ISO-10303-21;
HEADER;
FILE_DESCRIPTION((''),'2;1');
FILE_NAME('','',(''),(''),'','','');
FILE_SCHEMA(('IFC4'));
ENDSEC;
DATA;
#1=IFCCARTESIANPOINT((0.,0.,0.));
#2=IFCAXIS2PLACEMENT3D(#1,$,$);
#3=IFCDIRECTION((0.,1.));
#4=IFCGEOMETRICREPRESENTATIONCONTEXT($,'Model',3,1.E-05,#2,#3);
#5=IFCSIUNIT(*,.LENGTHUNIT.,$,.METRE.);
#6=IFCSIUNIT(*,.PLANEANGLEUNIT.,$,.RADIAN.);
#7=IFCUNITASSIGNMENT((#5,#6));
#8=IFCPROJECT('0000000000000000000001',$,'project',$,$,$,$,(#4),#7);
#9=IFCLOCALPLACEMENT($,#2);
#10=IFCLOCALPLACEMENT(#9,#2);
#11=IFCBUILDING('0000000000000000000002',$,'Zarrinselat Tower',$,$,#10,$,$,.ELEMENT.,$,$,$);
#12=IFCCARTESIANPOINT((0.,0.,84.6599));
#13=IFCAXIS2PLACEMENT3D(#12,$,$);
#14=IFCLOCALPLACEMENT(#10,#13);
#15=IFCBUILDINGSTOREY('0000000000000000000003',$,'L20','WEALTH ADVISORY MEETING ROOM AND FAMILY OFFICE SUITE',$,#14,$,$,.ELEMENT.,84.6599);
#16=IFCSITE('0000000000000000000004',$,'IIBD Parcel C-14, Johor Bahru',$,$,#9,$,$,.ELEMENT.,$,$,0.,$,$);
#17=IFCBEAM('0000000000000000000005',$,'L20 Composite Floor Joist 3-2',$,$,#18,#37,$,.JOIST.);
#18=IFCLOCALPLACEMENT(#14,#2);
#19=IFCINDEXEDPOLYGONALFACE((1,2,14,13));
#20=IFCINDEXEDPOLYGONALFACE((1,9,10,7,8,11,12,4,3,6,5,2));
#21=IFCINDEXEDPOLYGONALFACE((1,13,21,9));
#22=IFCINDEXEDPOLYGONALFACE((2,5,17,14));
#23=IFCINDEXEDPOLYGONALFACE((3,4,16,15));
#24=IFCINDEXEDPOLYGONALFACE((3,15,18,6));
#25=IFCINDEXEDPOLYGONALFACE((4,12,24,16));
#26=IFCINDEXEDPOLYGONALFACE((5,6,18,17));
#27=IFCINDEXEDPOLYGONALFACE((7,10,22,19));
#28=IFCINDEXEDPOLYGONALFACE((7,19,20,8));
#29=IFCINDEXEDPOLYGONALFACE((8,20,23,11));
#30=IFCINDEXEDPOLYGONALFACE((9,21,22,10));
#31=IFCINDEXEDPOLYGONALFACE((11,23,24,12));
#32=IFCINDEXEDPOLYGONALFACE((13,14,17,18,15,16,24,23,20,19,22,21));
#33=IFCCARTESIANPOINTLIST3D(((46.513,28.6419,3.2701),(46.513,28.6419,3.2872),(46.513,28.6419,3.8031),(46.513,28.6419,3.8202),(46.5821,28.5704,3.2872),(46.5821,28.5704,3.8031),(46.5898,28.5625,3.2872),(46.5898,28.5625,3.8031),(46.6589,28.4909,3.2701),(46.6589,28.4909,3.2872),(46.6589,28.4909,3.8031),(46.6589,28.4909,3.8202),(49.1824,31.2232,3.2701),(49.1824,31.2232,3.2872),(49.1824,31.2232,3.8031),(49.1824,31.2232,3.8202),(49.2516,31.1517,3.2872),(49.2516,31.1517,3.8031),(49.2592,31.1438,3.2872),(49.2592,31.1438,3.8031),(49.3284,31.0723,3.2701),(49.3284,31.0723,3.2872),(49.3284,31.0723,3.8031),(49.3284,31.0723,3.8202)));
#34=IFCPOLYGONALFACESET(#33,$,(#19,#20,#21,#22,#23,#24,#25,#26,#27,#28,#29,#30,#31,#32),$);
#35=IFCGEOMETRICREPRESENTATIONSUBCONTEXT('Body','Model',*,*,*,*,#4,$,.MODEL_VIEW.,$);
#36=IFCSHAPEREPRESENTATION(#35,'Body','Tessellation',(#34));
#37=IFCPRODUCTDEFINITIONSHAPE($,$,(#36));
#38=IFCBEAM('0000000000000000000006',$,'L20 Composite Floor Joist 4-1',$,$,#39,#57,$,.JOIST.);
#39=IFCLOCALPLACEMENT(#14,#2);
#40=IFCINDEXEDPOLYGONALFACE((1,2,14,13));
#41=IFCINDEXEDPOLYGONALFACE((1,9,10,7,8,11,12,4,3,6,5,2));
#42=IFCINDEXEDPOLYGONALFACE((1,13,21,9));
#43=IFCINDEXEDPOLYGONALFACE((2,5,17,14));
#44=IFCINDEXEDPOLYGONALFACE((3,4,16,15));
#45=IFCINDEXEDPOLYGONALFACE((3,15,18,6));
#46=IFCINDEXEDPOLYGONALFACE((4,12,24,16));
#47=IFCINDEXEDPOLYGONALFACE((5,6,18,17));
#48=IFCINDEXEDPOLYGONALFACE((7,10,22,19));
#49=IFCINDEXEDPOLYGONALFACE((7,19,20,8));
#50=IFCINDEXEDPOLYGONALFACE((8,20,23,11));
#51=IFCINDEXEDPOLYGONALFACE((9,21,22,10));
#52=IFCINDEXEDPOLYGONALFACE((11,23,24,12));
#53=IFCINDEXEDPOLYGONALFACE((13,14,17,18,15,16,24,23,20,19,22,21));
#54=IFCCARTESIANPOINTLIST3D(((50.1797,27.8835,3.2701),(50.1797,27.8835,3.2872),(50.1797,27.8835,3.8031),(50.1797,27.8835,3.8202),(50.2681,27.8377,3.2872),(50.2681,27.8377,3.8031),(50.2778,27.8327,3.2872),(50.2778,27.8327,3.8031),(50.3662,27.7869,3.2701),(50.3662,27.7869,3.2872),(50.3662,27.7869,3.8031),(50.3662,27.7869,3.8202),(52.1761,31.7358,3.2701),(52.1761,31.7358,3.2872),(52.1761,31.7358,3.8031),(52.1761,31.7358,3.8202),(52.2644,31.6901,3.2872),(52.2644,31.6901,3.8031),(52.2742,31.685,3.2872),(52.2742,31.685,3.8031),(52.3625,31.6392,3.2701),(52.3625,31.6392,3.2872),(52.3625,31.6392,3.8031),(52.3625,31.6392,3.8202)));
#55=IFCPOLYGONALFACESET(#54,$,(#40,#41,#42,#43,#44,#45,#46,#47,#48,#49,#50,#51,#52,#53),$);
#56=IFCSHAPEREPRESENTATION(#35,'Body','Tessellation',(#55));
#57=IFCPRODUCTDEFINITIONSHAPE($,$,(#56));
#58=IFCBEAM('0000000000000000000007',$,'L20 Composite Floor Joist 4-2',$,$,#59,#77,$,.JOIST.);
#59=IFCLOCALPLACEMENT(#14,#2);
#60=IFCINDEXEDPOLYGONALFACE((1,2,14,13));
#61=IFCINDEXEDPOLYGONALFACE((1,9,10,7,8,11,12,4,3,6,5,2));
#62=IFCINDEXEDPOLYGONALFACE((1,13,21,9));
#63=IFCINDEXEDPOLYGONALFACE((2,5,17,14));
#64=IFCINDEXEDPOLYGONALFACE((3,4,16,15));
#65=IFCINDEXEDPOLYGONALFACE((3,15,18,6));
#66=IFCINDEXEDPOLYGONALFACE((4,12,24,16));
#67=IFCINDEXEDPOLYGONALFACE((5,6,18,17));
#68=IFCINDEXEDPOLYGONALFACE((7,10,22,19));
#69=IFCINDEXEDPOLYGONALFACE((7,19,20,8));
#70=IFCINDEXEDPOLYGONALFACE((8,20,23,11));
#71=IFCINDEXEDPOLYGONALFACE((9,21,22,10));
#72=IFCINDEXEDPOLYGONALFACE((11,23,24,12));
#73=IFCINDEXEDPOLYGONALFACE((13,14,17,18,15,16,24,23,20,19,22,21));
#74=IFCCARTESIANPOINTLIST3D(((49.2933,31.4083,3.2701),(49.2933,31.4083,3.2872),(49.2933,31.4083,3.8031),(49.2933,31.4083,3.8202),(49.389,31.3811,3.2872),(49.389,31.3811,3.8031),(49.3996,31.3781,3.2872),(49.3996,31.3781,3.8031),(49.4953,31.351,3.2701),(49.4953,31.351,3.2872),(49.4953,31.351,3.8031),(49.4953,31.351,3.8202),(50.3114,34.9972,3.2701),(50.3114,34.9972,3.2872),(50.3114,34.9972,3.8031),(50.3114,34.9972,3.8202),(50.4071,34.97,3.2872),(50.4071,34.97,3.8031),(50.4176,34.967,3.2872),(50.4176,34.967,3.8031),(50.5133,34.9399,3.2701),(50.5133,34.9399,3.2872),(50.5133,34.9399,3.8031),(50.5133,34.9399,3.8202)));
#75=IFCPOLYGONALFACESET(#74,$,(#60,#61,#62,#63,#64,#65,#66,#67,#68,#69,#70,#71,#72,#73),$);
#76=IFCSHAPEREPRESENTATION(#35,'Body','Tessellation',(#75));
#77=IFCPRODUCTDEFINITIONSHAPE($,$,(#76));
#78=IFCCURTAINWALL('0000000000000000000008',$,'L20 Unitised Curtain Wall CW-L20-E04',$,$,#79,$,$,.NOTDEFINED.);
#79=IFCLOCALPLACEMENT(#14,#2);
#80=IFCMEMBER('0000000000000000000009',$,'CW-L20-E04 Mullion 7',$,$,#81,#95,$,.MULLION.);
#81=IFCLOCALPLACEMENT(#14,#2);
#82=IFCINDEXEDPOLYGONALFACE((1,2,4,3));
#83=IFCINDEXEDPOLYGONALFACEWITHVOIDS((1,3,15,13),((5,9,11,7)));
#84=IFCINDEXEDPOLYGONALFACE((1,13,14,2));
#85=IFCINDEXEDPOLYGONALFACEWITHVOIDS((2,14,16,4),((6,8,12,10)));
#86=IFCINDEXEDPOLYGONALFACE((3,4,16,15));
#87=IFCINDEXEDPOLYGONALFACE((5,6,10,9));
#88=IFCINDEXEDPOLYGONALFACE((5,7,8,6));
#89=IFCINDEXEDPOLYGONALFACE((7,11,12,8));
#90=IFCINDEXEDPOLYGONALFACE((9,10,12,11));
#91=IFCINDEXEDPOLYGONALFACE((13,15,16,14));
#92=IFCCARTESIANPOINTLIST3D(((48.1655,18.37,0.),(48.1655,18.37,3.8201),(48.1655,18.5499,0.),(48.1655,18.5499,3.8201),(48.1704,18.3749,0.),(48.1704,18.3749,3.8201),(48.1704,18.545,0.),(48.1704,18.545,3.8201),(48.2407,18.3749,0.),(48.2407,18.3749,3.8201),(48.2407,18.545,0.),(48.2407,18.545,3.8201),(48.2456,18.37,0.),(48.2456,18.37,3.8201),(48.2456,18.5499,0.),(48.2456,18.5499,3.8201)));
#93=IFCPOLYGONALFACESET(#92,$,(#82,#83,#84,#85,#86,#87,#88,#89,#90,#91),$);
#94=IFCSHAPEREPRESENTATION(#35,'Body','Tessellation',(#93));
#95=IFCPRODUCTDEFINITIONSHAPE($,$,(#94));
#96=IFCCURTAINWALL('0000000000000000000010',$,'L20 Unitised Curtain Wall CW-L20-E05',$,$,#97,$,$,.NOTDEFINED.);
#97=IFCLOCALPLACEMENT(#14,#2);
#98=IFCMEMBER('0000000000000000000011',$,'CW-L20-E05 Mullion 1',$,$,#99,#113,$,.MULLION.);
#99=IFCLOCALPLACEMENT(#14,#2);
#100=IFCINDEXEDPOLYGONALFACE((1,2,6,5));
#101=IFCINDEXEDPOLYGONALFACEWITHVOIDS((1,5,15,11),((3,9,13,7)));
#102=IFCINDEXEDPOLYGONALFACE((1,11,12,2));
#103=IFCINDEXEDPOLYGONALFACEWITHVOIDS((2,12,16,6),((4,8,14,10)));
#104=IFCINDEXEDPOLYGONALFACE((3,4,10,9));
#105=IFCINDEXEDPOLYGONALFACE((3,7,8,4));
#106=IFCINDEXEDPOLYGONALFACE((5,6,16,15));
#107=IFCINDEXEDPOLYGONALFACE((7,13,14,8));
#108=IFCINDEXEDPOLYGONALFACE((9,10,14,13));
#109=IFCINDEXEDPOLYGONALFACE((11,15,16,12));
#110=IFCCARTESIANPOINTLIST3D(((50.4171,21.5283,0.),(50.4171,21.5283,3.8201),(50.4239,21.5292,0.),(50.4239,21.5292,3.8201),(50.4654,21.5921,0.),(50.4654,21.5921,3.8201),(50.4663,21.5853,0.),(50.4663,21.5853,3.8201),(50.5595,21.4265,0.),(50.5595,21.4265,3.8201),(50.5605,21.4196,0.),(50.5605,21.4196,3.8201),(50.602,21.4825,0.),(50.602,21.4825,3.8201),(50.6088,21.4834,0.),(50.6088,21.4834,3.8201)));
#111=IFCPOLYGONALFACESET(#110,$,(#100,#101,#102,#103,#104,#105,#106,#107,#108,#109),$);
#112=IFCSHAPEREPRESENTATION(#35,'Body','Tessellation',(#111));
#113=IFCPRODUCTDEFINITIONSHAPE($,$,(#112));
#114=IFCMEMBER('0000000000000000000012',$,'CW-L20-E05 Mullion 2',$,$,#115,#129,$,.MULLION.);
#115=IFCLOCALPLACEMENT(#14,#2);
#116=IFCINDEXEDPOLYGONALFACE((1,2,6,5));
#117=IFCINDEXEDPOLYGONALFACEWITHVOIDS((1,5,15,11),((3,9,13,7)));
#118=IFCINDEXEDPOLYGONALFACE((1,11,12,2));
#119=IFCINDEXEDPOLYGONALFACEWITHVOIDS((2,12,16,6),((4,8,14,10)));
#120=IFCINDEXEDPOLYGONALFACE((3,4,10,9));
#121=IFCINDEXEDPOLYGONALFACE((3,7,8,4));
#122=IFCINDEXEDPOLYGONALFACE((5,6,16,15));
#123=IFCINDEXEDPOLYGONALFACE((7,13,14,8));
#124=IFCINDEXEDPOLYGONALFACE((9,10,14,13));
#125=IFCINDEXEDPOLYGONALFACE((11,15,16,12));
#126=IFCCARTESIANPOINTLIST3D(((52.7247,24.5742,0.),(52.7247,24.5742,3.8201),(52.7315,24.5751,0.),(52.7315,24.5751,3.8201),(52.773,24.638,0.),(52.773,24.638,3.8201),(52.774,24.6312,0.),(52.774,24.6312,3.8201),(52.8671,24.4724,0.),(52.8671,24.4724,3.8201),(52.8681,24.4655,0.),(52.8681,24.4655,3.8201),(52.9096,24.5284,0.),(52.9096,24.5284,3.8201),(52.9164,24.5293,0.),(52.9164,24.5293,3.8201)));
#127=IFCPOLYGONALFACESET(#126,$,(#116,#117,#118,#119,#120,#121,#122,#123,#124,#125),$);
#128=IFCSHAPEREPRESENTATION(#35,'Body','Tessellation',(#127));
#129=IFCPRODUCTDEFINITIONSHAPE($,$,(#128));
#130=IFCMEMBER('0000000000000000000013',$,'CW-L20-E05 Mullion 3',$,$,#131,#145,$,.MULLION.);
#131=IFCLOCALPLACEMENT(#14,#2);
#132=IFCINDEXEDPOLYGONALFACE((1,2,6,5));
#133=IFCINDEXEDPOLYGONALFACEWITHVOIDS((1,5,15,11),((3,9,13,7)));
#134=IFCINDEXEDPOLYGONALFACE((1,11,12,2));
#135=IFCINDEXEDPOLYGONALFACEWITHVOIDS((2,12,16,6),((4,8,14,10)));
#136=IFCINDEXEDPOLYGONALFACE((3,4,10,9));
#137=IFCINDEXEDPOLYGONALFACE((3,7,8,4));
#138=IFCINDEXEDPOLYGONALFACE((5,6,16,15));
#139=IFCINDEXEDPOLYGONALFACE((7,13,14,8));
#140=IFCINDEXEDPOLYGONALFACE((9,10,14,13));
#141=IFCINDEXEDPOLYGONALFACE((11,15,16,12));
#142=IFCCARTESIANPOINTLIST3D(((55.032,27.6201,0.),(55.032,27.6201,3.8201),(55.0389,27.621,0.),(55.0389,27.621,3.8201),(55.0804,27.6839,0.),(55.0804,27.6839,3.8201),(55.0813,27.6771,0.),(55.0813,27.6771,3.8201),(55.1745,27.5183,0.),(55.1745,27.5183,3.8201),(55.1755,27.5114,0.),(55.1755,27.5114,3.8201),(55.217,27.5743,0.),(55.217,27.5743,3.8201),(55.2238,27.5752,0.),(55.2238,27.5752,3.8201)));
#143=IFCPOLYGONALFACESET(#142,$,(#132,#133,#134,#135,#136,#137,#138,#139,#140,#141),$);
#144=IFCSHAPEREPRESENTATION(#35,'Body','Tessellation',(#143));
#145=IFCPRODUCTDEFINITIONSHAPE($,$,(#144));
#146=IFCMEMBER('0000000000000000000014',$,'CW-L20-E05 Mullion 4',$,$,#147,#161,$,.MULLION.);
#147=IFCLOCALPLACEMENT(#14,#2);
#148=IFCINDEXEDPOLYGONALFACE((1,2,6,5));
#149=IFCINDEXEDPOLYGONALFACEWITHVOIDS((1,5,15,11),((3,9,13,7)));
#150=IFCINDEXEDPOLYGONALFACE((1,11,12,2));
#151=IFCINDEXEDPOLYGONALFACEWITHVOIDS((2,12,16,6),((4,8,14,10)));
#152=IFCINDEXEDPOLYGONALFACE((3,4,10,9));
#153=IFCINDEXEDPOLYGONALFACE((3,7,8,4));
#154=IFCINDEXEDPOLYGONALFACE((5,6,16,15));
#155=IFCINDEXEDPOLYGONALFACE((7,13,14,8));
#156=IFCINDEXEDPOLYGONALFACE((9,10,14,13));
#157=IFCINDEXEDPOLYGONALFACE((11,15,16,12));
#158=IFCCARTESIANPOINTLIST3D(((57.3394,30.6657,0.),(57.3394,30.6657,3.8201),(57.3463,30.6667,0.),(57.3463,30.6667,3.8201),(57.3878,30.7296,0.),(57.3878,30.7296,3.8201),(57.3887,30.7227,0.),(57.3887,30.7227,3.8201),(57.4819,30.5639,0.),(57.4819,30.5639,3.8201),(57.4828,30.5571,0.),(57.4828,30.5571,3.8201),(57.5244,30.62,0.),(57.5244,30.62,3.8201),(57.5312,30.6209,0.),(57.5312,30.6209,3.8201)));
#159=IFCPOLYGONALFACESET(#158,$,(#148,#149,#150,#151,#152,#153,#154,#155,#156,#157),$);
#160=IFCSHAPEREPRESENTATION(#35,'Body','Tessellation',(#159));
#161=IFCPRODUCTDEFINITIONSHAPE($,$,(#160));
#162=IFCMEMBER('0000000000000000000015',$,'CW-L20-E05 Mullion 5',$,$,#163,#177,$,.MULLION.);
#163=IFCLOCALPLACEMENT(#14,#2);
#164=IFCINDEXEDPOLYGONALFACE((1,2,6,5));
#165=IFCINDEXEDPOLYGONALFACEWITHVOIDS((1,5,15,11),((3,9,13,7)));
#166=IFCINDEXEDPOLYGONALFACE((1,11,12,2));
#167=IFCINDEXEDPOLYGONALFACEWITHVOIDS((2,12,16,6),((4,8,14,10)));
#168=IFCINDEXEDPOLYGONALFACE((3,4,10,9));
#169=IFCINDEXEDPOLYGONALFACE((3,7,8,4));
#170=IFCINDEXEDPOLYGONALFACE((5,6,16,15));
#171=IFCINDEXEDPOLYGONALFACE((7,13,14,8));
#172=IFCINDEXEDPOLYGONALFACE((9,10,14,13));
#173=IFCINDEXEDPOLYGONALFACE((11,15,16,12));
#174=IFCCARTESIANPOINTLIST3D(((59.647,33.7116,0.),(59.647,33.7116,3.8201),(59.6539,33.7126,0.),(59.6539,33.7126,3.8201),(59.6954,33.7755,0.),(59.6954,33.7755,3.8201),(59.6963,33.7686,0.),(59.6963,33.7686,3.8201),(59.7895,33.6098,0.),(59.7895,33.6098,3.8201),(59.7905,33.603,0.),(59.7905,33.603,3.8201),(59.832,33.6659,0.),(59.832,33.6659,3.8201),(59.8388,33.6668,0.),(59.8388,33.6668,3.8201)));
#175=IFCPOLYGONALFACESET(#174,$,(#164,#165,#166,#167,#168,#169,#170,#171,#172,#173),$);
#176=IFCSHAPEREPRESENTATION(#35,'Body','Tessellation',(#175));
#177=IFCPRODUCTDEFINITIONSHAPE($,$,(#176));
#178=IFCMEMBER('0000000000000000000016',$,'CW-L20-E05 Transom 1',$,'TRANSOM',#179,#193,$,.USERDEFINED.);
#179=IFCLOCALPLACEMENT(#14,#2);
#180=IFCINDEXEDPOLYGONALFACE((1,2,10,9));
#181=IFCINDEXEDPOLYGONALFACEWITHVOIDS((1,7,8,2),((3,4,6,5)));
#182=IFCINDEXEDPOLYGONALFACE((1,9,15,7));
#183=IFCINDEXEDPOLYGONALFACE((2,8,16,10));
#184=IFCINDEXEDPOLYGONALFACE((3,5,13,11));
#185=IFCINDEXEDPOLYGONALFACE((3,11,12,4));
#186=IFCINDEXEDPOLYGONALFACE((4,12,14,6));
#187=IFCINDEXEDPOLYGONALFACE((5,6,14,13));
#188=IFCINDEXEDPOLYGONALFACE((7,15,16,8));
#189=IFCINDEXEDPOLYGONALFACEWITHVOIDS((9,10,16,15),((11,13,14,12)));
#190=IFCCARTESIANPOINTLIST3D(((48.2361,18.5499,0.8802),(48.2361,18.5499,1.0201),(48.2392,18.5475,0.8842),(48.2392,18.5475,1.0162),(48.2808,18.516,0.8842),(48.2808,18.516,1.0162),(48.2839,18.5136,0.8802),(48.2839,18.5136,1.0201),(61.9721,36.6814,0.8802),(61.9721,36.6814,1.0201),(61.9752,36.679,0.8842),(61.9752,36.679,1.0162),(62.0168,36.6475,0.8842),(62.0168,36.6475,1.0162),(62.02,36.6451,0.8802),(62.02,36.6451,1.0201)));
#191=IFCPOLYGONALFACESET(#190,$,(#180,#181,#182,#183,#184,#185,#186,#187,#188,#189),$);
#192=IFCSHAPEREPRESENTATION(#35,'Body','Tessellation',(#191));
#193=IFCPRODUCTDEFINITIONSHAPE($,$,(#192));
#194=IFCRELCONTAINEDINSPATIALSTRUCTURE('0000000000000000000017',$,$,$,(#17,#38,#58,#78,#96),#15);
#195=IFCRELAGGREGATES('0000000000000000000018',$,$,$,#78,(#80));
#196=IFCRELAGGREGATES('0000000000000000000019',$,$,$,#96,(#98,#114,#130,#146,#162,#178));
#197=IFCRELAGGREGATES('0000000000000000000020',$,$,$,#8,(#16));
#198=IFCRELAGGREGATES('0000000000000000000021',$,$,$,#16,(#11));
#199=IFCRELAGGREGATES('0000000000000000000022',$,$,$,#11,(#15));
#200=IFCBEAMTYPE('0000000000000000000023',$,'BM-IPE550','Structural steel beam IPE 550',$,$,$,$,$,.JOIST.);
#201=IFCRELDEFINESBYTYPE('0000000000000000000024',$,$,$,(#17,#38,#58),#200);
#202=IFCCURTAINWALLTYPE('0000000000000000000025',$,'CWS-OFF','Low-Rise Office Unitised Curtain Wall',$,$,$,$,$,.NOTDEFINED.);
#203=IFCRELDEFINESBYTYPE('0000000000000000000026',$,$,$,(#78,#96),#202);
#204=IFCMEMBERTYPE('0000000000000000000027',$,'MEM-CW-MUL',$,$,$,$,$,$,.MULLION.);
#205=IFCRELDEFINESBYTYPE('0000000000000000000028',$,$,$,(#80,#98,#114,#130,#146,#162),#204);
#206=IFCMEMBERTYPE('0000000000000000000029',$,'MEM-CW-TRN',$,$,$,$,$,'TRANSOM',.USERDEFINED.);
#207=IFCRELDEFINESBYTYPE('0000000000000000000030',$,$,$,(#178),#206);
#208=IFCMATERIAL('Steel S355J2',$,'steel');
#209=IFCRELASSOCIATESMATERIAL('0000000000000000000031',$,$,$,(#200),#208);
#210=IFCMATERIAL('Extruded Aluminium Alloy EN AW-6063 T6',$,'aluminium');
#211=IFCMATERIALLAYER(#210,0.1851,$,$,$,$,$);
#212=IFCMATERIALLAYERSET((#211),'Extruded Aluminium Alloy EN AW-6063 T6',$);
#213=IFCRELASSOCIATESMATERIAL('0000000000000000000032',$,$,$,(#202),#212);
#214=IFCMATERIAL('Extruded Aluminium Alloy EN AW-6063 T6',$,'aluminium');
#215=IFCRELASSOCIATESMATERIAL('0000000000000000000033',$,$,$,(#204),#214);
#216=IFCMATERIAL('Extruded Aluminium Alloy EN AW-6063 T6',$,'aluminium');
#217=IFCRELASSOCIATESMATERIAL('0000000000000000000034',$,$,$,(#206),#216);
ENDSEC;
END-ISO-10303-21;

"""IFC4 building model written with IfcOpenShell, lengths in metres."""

from ifc_helpers import new_model, si_unit, direction, frame, origin, origin_2d, place, context, subcontext, project, spatial, hollow_rectangle, i_section, extrude, material, layer, layer_set, material_profile, profile_set, type_object, element, aggregate, save


model = new_model("IFC4")

# Units and contexts
model_context = context("Model", 3, precision=1e-05, world=origin(), true_north=direction((0.0, 1.0)))
body_context = subcontext(model_context, "Body", "Model", "MODEL_VIEW")
ifc_project = project(units=[si_unit("LENGTHUNIT", "METRE"), si_unit("PLANEANGLEUNIT", "RADIAN")], contexts=[model_context])

# Site, building, storey
site_placement = place(None, origin())
site = spatial("IfcSite", under=ifc_project, at=site_placement, Name="IIBD Parcel C-14, Johor Bahru", CompositionType="ELEMENT", RefElevation=0.0)
building_placement = place(site_placement, origin())
building = spatial("IfcBuilding", under=site, at=building_placement, Name="Zarrinselat Tower", CompositionType="ELEMENT")
storey_placement = place(building_placement, frame((0.0, 0.0, 84.6599)))
storey = spatial("IfcBuildingStorey", under=building, at=storey_placement, Name="L20", Description="WEALTH ADVISORY MEETING ROOM AND FAMILY OFFICE SUITE", CompositionType="ELEMENT", Elevation=84.6599)

# Beams
ifc_material_1 = material(Name="Steel S355J2", Category="steel")
ifc_material_profile_1 = material_profile(ifc_material_1, i_section(OverallWidth=0.21, OverallDepth=0.55, WebThickness=0.011, FlangeThickness=0.0171, at=origin_2d()), Name="IPE 550")
ifc_profile_set_1 = profile_set([ifc_material_profile_1], Name="Steel S355J2")
beam_type_1 = type_object("IfcBeamType", Name="BM-IPE550", Description="Structural steel beam IPE 550", PredefinedType="JOIST", material=ifc_profile_set_1)
beam_1_placement = place(storey_placement, frame((46.5859, 28.5664, 3.5452), z_axis=(0.718874, 0.69514, 0.0), x_axis=(-0.69514, 0.718874, 0.0)))
element("IfcBeam", 1, at=beam_1_placement, inside=storey, type_object=beam_type_1, Name="L20 Composite Floor Joist 3-2", PredefinedType="JOIST", context=body_context, shape_type="SweptSolid", body=[
    extrude(i_section(OverallWidth=0.21, OverallDepth=0.55, WebThickness=0.011, FlangeThickness=0.0171, at=origin_2d()), origin(), (0.0, 0.0, 1.0), 3.7134),
])
beam_2_placement = place(storey_placement, frame((50.2729, 27.8352, 3.5452), z_axis=(0.460109, 0.887863, 0.0), x_axis=(-0.887863, 0.460109, 0.0)))
element("IfcBeam", 2, at=beam_2_placement, inside=storey, type_object=beam_type_1, Name="L20 Composite Floor Joist 4-1", PredefinedType="JOIST", context=body_context, shape_type="SweptSolid", body=[
    extrude(i_section(OverallWidth=0.21, OverallDepth=0.55, WebThickness=0.011, FlangeThickness=0.0171, at=origin_2d()), origin(), (0.0, 0.0, 1.0), 4.3389),
])
beam_3_placement = place(storey_placement, frame((49.3943, 31.3796, 3.5452), z_axis=(0.272905, 0.962041, 0.0), x_axis=(-0.962041, 0.272905, 0.0)))
element("IfcBeam", 3, at=beam_3_placement, inside=storey, type_object=beam_type_1, Name="L20 Composite Floor Joist 4-2", PredefinedType="JOIST", context=body_context, shape_type="SweptSolid", body=[
    extrude(i_section(OverallWidth=0.21, OverallDepth=0.55, WebThickness=0.011, FlangeThickness=0.0171, at=origin_2d()), origin(), (0.0, 0.0, 1.0), 3.7305),
])

# Curtain wall, member
ifc_material_2 = material(Name="Extruded Aluminium Alloy EN AW-6063 T6", Category="aluminium")
ifc_layer_1 = layer(ifc_material_2, 0.1851)
ifc_layer_set_1 = layer_set([ifc_layer_1], Name="Extruded Aluminium Alloy EN AW-6063 T6")
curtain_wall_type = type_object("IfcCurtainWallType", Name="CWS-OFF", Description="Low-Rise Office Unitised Curtain Wall", PredefinedType="NOTDEFINED", material=ifc_layer_set_1)
curtain_wall_1_placement = place(storey_placement, origin())
curtain_wall_1 = element("IfcCurtainWall", 4, at=curtain_wall_1_placement, inside=storey, type_object=curtain_wall_type, Name="L20 Unitised Curtain Wall CW-L20-E04", PredefinedType="NOTDEFINED")
ifc_material_3 = material(Name="Extruded Aluminium Alloy EN AW-6063 T6", Category="aluminium")
ifc_material_profile_2 = material_profile(ifc_material_3, hollow_rectangle(XDim=0.0801, YDim=0.1799, WallThickness=0.0049, at=origin_2d()), Name="RHS 180x80x5")
ifc_profile_set_2 = profile_set([ifc_material_profile_2], Name="Extruded Aluminium Alloy EN AW-6063 T6")
member_type_1 = type_object("IfcMemberType", Name="MEM-CW-MUL", PredefinedType="MULLION", material=ifc_profile_set_2)
member_1_placement = place(storey_placement, frame((48.2056, 18.46, 0.0), z_axis=(0.0, 0.0, 1.0), x_axis=(1.0, 0.0, 0.0)))
member_1 = element("IfcMember", 5, at=member_1_placement, type_object=member_type_1, Name="CW-L20-E04 Mullion 7", PredefinedType="MULLION", context=body_context, shape_type="SweptSolid", body=[
    extrude(hollow_rectangle(XDim=0.0801, YDim=0.1799, WallThickness=0.0049, at=origin_2d()), origin(), (0.0, 0.0, 1.0), 3.8201),
])

# Curtain wall, members
curtain_wall_2_placement = place(storey_placement, origin())
curtain_wall_2 = element("IfcCurtainWall", 6, at=curtain_wall_2_placement, inside=storey, type_object=curtain_wall_type, Name="L20 Unitised Curtain Wall CW-L20-E05", PredefinedType="NOTDEFINED")
member_2_placement = place(storey_placement, frame((50.5129, 21.5059, 0.0), z_axis=(0.0, 0.0, 1.0), x_axis=(0.603856, 0.797094, 0.0)))
member_2 = element("IfcMember", 7, at=member_2_placement, type_object=member_type_1, Name="CW-L20-E05 Mullion 1", PredefinedType="MULLION", context=body_context, shape_type="SweptSolid", body=[
    extrude(hollow_rectangle(XDim=0.0801, YDim=0.1799, WallThickness=0.0049, at=origin_2d()), origin(), (0.0, 0.0, 1.0), 3.8201),
])
member_3_placement = place(storey_placement, frame((52.8206, 24.5518, 0.0), z_axis=(0.0, 0.0, 1.0), x_axis=(0.603856, 0.797094, 0.0)))
member_3 = element("IfcMember", 8, at=member_3_placement, type_object=member_type_1, Name="CW-L20-E05 Mullion 2", PredefinedType="MULLION", context=body_context, shape_type="SweptSolid", body=[
    extrude(hollow_rectangle(XDim=0.0801, YDim=0.1799, WallThickness=0.0049, at=origin_2d()), origin(), (0.0, 0.0, 1.0), 3.8201),
])
member_4_placement = place(storey_placement, frame((55.1279, 27.5977, 0.0), z_axis=(0.0, 0.0, 1.0), x_axis=(0.603856, 0.797094, 0.0)))
member_4 = element("IfcMember", 9, at=member_4_placement, type_object=member_type_1, Name="CW-L20-E05 Mullion 3", PredefinedType="MULLION", context=body_context, shape_type="SweptSolid", body=[
    extrude(hollow_rectangle(XDim=0.0801, YDim=0.1799, WallThickness=0.0049, at=origin_2d()), origin(), (0.0, 0.0, 1.0), 3.8201),
])
member_5_placement = place(storey_placement, frame((57.4353, 30.6433, 0.0), z_axis=(0.0, 0.0, 1.0), x_axis=(0.603856, 0.797094, 0.0)))
member_5 = element("IfcMember", 10, at=member_5_placement, type_object=member_type_1, Name="CW-L20-E05 Mullion 4", PredefinedType="MULLION", context=body_context, shape_type="SweptSolid", body=[
    extrude(hollow_rectangle(XDim=0.0801, YDim=0.1799, WallThickness=0.0049, at=origin_2d()), origin(), (0.0, 0.0, 1.0), 3.8201),
])
member_6_placement = place(storey_placement, frame((59.7429, 33.6892, 0.0), z_axis=(0.0, 0.0, 1.0), x_axis=(0.603856, 0.797094, 0.0)))
member_6 = element("IfcMember", 11, at=member_6_placement, type_object=member_type_1, Name="CW-L20-E05 Mullion 5", PredefinedType="MULLION", context=body_context, shape_type="SweptSolid", body=[
    extrude(hollow_rectangle(XDim=0.0801, YDim=0.1799, WallThickness=0.0049, at=origin_2d()), origin(), (0.0, 0.0, 1.0), 3.8201),
])
ifc_material_4 = material(Name="Extruded Aluminium Alloy EN AW-6063 T6", Category="aluminium")
ifc_material_profile_3 = material_profile(ifc_material_4, hollow_rectangle(XDim=0.0601, YDim=0.1399, WallThickness=0.0039, at=origin_2d()), Name="RHS 140x60x4")
ifc_profile_set_3 = profile_set([ifc_material_profile_3], Name="Extruded Aluminium Alloy EN AW-6063 T6")
member_type_2 = type_object("IfcMemberType", Name="MEM-CW-TRN", ElementType="TRANSOM", PredefinedType="USERDEFINED", material=ifc_profile_set_3)
member_7_placement = place(storey_placement, frame((48.26, 18.5317, 0.9502), z_axis=(0.603859, 0.797092, 0.0), x_axis=(-0.797092, 0.603859, 0.0)))
member_7 = element("IfcMember", 12, at=member_7_placement, type_object=member_type_2, Name="CW-L20-E05 Transom 1", ObjectType="TRANSOM", PredefinedType="USERDEFINED", context=body_context, shape_type="SweptSolid", body=[
    extrude(hollow_rectangle(XDim=0.0601, YDim=0.1399, WallThickness=0.0039, at=origin_2d()), origin(), (0.0, 0.0, 1.0), 22.7471),
])

aggregate(curtain_wall_1, [member_1])
aggregate(curtain_wall_2, [member_2, member_3, member_4, member_5, member_6, member_7])

save(model, "model.ifc")
